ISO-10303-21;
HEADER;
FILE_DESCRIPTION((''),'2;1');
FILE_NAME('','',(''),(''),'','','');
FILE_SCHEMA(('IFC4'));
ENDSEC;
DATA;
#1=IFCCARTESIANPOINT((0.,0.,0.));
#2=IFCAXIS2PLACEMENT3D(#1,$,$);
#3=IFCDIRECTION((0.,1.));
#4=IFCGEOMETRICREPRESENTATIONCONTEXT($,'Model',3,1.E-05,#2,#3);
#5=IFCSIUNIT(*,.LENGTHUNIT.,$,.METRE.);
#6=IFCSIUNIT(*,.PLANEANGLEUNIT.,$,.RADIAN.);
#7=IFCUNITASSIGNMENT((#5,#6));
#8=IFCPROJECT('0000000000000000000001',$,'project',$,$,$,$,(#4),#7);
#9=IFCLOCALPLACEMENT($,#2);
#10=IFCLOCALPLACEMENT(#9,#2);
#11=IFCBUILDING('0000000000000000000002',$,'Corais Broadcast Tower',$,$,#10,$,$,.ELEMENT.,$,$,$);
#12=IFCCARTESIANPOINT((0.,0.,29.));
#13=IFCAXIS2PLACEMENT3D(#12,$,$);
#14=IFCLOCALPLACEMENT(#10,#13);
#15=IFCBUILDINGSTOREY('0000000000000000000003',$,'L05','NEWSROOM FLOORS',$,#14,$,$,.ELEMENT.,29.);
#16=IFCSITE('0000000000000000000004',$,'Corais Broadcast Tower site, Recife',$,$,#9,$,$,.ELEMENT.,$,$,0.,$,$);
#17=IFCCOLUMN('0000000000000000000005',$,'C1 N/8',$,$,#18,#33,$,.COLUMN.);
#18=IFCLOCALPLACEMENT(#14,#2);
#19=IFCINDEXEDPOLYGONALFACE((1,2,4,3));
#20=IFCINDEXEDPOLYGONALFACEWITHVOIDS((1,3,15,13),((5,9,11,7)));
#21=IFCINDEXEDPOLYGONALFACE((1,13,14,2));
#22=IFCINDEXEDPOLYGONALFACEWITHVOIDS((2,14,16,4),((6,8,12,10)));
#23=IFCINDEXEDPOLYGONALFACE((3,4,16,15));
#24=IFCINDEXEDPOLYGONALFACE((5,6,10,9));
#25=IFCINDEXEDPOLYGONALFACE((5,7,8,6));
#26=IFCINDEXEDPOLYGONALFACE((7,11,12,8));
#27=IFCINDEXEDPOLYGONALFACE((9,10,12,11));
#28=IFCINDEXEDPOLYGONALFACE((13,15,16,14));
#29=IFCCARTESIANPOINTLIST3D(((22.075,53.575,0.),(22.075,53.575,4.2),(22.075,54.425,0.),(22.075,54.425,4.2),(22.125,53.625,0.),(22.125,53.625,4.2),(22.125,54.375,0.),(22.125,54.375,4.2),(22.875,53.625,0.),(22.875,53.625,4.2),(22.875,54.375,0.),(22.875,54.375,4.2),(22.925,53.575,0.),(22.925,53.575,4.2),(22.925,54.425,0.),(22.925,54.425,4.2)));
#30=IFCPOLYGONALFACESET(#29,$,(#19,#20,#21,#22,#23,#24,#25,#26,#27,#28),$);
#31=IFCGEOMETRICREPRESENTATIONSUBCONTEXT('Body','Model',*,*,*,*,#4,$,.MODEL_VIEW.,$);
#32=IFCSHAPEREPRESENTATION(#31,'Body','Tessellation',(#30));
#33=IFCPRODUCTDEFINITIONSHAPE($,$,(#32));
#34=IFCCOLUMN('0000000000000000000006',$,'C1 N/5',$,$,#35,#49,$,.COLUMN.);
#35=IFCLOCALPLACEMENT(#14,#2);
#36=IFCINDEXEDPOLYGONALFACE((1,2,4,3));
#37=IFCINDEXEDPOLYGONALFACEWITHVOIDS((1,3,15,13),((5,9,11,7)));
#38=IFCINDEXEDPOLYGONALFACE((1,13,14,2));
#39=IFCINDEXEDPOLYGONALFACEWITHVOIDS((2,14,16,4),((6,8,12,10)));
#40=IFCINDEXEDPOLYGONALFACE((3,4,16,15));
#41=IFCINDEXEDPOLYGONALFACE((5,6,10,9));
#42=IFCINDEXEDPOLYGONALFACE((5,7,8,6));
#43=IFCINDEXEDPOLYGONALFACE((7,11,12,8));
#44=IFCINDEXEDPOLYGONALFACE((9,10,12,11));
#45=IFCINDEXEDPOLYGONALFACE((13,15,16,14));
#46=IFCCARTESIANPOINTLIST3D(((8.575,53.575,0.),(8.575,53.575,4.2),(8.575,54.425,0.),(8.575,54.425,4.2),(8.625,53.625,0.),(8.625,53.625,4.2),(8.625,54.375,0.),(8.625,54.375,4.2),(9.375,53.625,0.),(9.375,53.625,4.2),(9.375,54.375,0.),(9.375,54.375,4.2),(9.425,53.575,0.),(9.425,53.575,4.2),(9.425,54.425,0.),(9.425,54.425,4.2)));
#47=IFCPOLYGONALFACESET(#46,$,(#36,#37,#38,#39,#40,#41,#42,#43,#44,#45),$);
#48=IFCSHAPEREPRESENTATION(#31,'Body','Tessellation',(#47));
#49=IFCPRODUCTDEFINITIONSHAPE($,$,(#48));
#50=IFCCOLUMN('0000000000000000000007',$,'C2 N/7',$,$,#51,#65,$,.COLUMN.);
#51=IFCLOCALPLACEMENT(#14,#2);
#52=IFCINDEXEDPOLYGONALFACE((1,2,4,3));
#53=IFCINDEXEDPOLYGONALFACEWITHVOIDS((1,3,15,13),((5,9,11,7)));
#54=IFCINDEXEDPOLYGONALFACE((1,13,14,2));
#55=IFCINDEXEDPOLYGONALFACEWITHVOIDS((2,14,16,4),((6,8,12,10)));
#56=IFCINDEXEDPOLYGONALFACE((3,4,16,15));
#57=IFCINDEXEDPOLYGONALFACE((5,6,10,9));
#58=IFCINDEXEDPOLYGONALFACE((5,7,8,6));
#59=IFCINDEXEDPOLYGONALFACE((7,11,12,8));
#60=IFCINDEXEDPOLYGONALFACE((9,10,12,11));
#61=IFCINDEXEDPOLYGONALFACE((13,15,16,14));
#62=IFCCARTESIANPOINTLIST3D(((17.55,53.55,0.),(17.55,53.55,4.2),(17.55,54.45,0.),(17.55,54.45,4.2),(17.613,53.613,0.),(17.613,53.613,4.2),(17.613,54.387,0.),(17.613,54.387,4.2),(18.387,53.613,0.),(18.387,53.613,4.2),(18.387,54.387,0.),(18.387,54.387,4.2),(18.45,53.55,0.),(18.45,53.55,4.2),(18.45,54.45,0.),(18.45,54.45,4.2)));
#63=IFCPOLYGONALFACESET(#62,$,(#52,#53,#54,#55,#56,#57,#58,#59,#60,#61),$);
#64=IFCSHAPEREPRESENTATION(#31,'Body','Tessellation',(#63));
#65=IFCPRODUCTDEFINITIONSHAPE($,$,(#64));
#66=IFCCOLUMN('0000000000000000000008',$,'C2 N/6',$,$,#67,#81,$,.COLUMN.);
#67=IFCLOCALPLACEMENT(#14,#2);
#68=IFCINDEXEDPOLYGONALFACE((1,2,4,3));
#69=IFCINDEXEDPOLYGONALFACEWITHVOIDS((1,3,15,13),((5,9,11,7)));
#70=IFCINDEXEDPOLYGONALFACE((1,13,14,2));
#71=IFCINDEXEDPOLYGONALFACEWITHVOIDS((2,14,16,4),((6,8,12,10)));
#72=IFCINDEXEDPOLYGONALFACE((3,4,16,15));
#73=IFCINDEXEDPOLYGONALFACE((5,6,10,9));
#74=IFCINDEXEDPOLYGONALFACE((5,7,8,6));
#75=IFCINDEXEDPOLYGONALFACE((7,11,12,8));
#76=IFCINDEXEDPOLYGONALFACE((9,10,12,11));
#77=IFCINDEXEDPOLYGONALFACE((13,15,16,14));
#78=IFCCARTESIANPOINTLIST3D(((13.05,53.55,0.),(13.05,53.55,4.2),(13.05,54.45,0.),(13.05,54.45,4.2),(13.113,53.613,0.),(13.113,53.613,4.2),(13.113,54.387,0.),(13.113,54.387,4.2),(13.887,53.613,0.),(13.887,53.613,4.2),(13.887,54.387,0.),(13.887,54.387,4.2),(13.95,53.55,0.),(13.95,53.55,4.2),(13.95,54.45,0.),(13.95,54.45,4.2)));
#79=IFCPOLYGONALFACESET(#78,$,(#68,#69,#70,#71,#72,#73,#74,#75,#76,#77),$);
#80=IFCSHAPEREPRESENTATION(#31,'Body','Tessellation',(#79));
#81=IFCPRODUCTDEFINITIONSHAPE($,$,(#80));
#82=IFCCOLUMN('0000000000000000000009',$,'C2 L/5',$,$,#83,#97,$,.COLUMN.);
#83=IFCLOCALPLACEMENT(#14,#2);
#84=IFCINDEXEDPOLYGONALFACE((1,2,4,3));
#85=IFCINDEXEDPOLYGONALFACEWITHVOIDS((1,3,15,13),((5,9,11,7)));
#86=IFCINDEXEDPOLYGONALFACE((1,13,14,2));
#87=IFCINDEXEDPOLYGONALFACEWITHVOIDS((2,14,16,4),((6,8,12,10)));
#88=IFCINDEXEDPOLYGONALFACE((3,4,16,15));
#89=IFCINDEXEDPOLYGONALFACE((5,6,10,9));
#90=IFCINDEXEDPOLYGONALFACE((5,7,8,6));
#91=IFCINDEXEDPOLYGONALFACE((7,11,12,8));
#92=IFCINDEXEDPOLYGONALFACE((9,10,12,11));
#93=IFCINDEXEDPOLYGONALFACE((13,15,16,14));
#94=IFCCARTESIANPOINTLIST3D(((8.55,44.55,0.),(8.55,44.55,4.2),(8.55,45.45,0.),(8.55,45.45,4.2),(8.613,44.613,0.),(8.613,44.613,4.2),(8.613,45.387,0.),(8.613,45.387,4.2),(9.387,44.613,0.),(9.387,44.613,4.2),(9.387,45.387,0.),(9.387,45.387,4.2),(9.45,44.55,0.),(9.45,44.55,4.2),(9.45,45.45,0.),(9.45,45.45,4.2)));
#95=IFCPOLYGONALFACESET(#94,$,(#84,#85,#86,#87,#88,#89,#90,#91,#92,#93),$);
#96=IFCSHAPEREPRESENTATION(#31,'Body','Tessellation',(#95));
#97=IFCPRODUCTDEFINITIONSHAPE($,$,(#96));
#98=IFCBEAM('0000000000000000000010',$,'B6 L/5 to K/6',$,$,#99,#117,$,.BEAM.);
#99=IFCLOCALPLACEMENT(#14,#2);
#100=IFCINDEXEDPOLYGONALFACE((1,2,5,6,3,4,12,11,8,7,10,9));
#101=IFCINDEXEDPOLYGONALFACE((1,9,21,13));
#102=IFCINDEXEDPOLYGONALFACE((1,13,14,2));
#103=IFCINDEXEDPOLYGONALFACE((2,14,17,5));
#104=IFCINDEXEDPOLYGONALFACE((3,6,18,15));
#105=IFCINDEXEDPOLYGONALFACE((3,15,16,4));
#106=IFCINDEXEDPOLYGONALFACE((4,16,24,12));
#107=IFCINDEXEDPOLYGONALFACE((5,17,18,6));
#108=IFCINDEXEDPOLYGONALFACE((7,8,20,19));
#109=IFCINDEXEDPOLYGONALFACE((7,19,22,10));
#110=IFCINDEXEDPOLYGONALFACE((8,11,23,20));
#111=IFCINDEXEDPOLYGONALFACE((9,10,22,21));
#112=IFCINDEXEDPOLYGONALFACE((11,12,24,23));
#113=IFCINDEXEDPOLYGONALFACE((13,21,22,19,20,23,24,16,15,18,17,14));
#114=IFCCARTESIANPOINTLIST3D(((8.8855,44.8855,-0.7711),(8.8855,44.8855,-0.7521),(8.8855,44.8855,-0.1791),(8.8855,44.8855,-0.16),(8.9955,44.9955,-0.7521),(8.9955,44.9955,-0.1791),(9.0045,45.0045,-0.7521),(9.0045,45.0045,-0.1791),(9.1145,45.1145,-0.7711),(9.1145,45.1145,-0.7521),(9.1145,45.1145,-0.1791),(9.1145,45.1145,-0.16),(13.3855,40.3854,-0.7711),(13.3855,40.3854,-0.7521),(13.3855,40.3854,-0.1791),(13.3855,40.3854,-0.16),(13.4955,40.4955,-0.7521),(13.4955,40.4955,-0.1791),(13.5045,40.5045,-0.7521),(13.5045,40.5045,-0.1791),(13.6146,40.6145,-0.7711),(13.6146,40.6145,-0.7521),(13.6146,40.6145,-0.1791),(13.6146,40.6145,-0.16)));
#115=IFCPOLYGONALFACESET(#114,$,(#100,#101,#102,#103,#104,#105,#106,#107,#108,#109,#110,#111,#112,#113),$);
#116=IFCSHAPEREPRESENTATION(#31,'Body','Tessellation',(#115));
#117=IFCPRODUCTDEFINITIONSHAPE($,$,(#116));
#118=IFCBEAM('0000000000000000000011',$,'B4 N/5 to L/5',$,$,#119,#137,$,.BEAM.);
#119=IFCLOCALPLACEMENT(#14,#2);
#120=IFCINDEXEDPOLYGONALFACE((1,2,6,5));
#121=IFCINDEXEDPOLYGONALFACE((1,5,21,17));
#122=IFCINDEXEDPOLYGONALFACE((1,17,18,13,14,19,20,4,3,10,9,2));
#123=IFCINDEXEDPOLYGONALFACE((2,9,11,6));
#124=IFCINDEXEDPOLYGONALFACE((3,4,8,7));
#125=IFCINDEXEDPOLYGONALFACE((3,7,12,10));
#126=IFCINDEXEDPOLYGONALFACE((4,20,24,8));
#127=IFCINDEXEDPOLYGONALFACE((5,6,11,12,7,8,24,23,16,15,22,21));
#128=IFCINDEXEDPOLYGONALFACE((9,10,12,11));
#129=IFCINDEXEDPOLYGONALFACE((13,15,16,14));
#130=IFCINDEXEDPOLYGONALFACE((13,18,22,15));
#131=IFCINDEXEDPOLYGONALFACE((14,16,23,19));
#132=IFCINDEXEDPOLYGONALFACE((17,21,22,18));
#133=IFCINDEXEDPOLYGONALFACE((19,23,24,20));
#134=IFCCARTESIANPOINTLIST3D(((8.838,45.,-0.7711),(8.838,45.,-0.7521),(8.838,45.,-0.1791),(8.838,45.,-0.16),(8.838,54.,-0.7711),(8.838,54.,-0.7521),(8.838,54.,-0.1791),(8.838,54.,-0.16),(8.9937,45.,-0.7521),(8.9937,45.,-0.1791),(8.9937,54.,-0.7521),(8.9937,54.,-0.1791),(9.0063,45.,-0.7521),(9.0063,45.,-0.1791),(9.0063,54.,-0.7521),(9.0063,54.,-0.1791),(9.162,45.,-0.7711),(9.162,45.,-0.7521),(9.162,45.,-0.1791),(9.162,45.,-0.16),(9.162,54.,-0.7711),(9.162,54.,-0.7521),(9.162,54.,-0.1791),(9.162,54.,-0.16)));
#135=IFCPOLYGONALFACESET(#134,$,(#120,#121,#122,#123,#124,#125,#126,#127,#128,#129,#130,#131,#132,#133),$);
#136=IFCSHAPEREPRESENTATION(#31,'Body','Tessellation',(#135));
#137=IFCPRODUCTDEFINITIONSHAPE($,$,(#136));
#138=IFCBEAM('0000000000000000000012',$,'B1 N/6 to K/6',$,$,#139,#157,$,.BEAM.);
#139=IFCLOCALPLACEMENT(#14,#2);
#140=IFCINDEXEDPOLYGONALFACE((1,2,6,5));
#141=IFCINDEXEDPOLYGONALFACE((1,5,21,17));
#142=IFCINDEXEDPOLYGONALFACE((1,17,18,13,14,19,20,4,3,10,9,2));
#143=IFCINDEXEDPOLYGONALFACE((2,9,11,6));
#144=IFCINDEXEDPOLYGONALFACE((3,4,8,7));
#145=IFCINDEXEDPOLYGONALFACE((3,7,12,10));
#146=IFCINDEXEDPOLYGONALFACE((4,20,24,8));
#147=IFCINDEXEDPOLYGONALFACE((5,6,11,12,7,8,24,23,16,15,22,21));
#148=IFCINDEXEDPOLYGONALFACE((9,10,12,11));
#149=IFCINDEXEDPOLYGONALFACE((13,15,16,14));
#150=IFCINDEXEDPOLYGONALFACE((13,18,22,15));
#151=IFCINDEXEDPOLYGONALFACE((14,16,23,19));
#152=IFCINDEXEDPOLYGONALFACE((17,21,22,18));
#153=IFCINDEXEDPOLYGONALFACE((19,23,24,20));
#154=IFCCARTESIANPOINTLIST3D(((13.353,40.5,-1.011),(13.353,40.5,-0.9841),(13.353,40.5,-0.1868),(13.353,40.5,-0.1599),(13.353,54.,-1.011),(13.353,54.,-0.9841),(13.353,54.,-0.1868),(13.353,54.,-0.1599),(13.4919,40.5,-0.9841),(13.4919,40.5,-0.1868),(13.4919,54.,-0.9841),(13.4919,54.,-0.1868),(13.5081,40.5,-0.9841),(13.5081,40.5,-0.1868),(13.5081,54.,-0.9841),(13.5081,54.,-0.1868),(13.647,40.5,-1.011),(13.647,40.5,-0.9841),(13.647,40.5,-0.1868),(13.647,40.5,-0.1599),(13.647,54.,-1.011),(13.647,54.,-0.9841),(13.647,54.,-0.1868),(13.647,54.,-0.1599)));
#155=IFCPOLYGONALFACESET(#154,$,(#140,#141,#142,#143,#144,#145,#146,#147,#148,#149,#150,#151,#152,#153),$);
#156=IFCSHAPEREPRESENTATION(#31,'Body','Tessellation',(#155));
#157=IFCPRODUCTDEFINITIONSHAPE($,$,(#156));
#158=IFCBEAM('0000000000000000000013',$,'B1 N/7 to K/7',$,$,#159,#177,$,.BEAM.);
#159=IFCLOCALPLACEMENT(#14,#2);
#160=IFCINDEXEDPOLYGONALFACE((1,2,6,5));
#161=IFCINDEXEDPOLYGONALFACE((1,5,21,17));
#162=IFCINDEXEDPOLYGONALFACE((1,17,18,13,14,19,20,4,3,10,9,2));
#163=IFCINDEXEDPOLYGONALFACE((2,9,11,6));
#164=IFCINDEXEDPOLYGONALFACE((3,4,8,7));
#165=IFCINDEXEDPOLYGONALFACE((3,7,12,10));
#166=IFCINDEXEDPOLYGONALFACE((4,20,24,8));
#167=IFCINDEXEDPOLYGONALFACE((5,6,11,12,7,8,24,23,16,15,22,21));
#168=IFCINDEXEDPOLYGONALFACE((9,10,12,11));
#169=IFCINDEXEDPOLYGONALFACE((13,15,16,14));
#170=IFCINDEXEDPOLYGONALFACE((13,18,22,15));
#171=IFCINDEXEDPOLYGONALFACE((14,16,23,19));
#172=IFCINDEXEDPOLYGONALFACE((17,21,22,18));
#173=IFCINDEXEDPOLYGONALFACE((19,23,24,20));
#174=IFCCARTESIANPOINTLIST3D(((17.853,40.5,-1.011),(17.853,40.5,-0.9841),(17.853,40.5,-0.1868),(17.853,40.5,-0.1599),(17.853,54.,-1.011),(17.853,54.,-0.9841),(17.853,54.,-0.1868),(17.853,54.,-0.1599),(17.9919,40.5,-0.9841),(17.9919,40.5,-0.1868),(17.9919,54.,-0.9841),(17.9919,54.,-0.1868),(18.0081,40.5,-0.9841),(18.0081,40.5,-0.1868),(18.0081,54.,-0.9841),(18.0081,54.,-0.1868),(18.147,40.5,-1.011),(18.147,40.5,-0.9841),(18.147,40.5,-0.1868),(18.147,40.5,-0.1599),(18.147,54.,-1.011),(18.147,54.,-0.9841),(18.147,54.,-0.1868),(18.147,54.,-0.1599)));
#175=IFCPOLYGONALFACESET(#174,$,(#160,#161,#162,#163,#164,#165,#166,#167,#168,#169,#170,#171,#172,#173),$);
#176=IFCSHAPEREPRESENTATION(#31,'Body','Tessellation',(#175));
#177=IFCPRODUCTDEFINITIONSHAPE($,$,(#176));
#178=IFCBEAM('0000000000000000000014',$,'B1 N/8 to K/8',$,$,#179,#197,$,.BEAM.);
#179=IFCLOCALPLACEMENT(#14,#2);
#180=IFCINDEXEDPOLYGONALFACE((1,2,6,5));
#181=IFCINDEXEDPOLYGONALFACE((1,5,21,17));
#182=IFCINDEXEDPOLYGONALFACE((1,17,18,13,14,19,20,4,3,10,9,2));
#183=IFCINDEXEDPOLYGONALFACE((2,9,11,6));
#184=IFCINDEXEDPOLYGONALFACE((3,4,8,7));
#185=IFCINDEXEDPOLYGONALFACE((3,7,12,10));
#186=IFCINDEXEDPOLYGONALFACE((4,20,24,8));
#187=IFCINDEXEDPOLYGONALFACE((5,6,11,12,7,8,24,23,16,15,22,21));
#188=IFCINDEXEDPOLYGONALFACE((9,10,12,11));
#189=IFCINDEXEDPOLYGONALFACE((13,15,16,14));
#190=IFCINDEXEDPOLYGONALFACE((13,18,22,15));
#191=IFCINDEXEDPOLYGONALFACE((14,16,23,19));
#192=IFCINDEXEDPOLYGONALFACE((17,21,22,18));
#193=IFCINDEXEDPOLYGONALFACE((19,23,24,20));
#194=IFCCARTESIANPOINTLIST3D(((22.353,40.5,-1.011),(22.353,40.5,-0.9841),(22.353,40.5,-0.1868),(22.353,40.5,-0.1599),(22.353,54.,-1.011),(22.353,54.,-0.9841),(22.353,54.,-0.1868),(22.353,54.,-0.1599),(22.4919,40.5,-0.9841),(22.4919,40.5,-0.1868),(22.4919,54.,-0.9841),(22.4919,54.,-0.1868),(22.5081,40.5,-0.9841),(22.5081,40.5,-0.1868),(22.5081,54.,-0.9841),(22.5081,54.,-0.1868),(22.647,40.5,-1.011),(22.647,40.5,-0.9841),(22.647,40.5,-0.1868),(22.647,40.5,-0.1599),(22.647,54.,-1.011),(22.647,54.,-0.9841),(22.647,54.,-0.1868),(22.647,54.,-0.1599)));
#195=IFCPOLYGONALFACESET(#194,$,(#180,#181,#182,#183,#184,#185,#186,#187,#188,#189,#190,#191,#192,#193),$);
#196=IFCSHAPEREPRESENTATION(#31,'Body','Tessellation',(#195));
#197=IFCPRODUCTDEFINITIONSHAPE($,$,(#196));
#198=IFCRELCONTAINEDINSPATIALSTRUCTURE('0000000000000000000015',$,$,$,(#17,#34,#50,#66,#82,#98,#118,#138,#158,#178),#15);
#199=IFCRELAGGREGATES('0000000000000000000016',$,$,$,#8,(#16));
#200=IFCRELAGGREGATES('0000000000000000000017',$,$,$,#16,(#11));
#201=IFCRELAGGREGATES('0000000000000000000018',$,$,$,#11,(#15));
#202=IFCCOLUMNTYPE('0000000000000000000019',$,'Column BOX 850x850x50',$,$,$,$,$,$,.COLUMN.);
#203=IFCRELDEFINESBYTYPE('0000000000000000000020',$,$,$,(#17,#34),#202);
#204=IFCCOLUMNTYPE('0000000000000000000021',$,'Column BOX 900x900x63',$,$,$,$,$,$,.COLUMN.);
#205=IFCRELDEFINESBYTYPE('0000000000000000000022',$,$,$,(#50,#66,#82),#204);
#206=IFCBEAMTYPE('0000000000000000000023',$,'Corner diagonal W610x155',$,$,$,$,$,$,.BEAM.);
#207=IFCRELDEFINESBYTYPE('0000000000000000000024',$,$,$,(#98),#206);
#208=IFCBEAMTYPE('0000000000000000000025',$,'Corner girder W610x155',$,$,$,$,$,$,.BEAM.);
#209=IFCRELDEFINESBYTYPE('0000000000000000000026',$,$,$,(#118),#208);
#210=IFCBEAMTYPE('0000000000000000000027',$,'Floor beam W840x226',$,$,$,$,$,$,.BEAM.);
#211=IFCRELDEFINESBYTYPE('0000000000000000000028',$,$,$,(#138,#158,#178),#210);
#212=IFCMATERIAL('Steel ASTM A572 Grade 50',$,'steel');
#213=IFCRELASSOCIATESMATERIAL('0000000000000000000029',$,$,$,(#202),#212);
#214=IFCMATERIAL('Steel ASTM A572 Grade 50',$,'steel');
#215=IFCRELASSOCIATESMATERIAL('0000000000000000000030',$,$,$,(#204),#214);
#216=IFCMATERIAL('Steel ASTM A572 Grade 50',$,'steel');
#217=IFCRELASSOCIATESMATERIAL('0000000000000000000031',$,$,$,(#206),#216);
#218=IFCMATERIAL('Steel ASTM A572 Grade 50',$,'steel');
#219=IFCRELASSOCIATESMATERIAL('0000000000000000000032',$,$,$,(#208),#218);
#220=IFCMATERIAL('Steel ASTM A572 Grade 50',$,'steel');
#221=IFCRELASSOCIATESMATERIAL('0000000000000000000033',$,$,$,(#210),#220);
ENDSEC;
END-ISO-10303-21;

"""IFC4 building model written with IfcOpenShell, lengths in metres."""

from ifc_helpers import new_model, si_unit, direction, frame, origin, origin_2d, place, context, subcontext, project, spatial, hollow_rectangle, i_section, extrude, material, material_profile, profile_set, type_object, element, save


model = new_model("IFC4")

# Units and contexts
model_context = context("Model", 3, precision=1e-05, world=origin(), true_north=direction((0.0, 1.0)))
body_context = subcontext(model_context, "Body", "Model", "MODEL_VIEW")
ifc_project = project(units=[si_unit("LENGTHUNIT", "METRE"), si_unit("PLANEANGLEUNIT", "RADIAN")], contexts=[model_context])

# Site, building, storey
site_placement = place(None, origin())
site = spatial("IfcSite", under=ifc_project, at=site_placement, Name="Corais Broadcast Tower site, Recife", CompositionType="ELEMENT", RefElevation=0.0)
building_placement = place(site_placement, origin())
building = spatial("IfcBuilding", under=site, at=building_placement, Name="Corais Broadcast Tower", CompositionType="ELEMENT")
storey_placement = place(building_placement, frame((0.0, 0.0, 29.0)))
storey = spatial("IfcBuildingStorey", under=building, at=storey_placement, Name="L05", Description="NEWSROOM FLOORS", CompositionType="ELEMENT", Elevation=29.0)

# Columns
ifc_material_1 = material(Name="Steel ASTM A572 Grade 50", Category="steel")
ifc_material_profile_1 = material_profile(ifc_material_1, hollow_rectangle(XDim=0.8501, YDim=0.8501, WallThickness=0.05, at=origin_2d()), Name="BOX 850x850x50")
ifc_profile_set_1 = profile_set([ifc_material_profile_1], Name="Steel ASTM A572 Grade 50")
column_type_1 = type_object("IfcColumnType", Name="Column BOX 850x850x50", PredefinedType="COLUMN", material=ifc_profile_set_1)
for number, where, z_axis, x_axis, name in (
    (1, (22.5, 54.0, 0.0), (0.0, 0.0, 1.0), (1.0, 0.0, 0.0), "C1 N/8"),
    (2, (9.0, 54.0, 0.0), (0.0, 0.0, 1.0), (1.0, 0.0, 0.0), "C1 N/5"),
):
    element("IfcColumn", number, at=place(storey_placement, frame(where, z_axis=z_axis, x_axis=x_axis)), inside=storey, type_object=column_type_1, Name=name, PredefinedType="COLUMN", context=body_context, shape_type="SweptSolid", body=[
        extrude(hollow_rectangle(XDim=0.8501, YDim=0.8501, WallThickness=0.05, at=origin_2d()), origin(), (0.0, 0.0, 1.0), 4.2),
    ])
ifc_material_2 = material(Name="Steel ASTM A572 Grade 50", Category="steel")
ifc_material_profile_2 = material_profile(ifc_material_2, hollow_rectangle(XDim=0.8999, YDim=0.8999, WallThickness=0.063, at=origin_2d()), Name="BOX 900x900x63")
ifc_profile_set_2 = profile_set([ifc_material_profile_2], Name="Steel ASTM A572 Grade 50")
column_type_2 = type_object("IfcColumnType", Name="Column BOX 900x900x63", PredefinedType="COLUMN", material=ifc_profile_set_2)
for number, where, z_axis, x_axis, name in (
    (3, (18.0, 54.0, 0.0), (0.0, 0.0, 1.0), (1.0, 0.0, 0.0), "C2 N/7"),
    (4, (13.5, 54.0, 0.0), (0.0, 0.0, 1.0), (1.0, 0.0, 0.0), "C2 N/6"),
    (5, (9.0, 45.0, 0.0), (0.0, 0.0, 1.0), (1.0, 0.0, 0.0), "C2 L/5"),
):
    element("IfcColumn", number, at=place(storey_placement, frame(where, z_axis=z_axis, x_axis=x_axis)), inside=storey, type_object=column_type_2, Name=name, PredefinedType="COLUMN", context=body_context, shape_type="SweptSolid", body=[
        extrude(hollow_rectangle(XDim=0.8999, YDim=0.8999, WallThickness=0.063, at=origin_2d()), origin(), (0.0, 0.0, 1.0), 4.2),
    ])

# Beams
ifc_material_3 = material(Name="Steel ASTM A572 Grade 50", Category="steel")
ifc_material_profile_3 = material_profile(ifc_material_3, i_section(OverallWidth=0.324, OverallDepth=0.6111, WebThickness=0.0127, FlangeThickness=0.019, at=origin_2d()), Name="W610x155")
ifc_profile_set_3 = profile_set([ifc_material_profile_3], Name="Steel ASTM A572 Grade 50")
beam_type_1 = type_object("IfcBeamType", Name="Corner diagonal W610x155", PredefinedType="BEAM", material=ifc_profile_set_3)
beam_1_placement = place(storey_placement, frame((9.0, 45.0, -0.4656), z_axis=(0.707107, -0.707107, 0.0), x_axis=(0.707107, 0.707107, 0.0)))
element("IfcBeam", 6, at=beam_1_placement, inside=storey, type_object=beam_type_1, Name="B6 L/5 to K/6", PredefinedType="BEAM", context=body_context, shape_type="SweptSolid", body=[
    extrude(i_section(OverallWidth=0.324, OverallDepth=0.6111, WebThickness=0.0127, FlangeThickness=0.019, at=origin_2d()), origin(), (0.0, 0.0, 1.0), 6.364),
])
ifc_material_4 = material(Name="Steel ASTM A572 Grade 50", Category="steel")
ifc_material_profile_4 = material_profile(ifc_material_4, i_section(OverallWidth=0.324, OverallDepth=0.6111, WebThickness=0.0127, FlangeThickness=0.019, at=origin_2d()), Name="W610x155")
ifc_profile_set_4 = profile_set([ifc_material_profile_4], Name="Steel ASTM A572 Grade 50")
beam_type_2 = type_object("IfcBeamType", Name="Corner girder W610x155", PredefinedType="BEAM", material=ifc_profile_set_4)
beam_2_placement = place(storey_placement, frame((9.0, 54.0, -0.4656), z_axis=(0.0, -1.0, 0.0), x_axis=(1.0, 0.0, 0.0)))
element("IfcBeam", 7, at=beam_2_placement, inside=storey, type_object=beam_type_2, Name="B4 N/5 to L/5", PredefinedType="BEAM", context=body_context, shape_type="SweptSolid", body=[
    extrude(i_section(OverallWidth=0.324, OverallDepth=0.6111, WebThickness=0.0127, FlangeThickness=0.019, at=origin_2d()), origin(), (0.0, 0.0, 1.0), 9.0),
])
ifc_material_5 = material(Name="Steel ASTM A572 Grade 50", Category="steel")
ifc_material_profile_5 = material_profile(ifc_material_5, i_section(OverallWidth=0.2939, OverallDepth=0.8511, WebThickness=0.0161, FlangeThickness=0.0269, at=origin_2d()), Name="W840x226")
ifc_profile_set_5 = profile_set([ifc_material_profile_5], Name="Steel ASTM A572 Grade 50")
beam_type_3 = type_object("IfcBeamType", Name="Floor beam W840x226", PredefinedType="BEAM", material=ifc_profile_set_5)
for number, where, z_axis, x_axis, name in (
    (8, (13.5, 54.0, -0.5854), (0.0, -1.0, 0.0), (1.0, 0.0, 0.0), "B1 N/6 to K/6"),
    (9, (18.0, 54.0, -0.5854), (0.0, -1.0, 0.0), (1.0, 0.0, 0.0), "B1 N/7 to K/7"),
    (10, (22.5, 54.0, -0.5854), (0.0, -1.0, 0.0), (1.0, 0.0, 0.0), "B1 N/8 to K/8"),
):
    element("IfcBeam", number, at=place(storey_placement, frame(where, z_axis=z_axis, x_axis=x_axis)), inside=storey, type_object=beam_type_3, Name=name, PredefinedType="BEAM", context=body_context, shape_type="SweptSolid", body=[
        extrude(i_section(OverallWidth=0.2939, OverallDepth=0.8511, WebThickness=0.0161, FlangeThickness=0.0269, at=origin_2d()), origin(), (0.0, 0.0, 1.0), 13.5),
    ])

save(model, "model.ifc")
